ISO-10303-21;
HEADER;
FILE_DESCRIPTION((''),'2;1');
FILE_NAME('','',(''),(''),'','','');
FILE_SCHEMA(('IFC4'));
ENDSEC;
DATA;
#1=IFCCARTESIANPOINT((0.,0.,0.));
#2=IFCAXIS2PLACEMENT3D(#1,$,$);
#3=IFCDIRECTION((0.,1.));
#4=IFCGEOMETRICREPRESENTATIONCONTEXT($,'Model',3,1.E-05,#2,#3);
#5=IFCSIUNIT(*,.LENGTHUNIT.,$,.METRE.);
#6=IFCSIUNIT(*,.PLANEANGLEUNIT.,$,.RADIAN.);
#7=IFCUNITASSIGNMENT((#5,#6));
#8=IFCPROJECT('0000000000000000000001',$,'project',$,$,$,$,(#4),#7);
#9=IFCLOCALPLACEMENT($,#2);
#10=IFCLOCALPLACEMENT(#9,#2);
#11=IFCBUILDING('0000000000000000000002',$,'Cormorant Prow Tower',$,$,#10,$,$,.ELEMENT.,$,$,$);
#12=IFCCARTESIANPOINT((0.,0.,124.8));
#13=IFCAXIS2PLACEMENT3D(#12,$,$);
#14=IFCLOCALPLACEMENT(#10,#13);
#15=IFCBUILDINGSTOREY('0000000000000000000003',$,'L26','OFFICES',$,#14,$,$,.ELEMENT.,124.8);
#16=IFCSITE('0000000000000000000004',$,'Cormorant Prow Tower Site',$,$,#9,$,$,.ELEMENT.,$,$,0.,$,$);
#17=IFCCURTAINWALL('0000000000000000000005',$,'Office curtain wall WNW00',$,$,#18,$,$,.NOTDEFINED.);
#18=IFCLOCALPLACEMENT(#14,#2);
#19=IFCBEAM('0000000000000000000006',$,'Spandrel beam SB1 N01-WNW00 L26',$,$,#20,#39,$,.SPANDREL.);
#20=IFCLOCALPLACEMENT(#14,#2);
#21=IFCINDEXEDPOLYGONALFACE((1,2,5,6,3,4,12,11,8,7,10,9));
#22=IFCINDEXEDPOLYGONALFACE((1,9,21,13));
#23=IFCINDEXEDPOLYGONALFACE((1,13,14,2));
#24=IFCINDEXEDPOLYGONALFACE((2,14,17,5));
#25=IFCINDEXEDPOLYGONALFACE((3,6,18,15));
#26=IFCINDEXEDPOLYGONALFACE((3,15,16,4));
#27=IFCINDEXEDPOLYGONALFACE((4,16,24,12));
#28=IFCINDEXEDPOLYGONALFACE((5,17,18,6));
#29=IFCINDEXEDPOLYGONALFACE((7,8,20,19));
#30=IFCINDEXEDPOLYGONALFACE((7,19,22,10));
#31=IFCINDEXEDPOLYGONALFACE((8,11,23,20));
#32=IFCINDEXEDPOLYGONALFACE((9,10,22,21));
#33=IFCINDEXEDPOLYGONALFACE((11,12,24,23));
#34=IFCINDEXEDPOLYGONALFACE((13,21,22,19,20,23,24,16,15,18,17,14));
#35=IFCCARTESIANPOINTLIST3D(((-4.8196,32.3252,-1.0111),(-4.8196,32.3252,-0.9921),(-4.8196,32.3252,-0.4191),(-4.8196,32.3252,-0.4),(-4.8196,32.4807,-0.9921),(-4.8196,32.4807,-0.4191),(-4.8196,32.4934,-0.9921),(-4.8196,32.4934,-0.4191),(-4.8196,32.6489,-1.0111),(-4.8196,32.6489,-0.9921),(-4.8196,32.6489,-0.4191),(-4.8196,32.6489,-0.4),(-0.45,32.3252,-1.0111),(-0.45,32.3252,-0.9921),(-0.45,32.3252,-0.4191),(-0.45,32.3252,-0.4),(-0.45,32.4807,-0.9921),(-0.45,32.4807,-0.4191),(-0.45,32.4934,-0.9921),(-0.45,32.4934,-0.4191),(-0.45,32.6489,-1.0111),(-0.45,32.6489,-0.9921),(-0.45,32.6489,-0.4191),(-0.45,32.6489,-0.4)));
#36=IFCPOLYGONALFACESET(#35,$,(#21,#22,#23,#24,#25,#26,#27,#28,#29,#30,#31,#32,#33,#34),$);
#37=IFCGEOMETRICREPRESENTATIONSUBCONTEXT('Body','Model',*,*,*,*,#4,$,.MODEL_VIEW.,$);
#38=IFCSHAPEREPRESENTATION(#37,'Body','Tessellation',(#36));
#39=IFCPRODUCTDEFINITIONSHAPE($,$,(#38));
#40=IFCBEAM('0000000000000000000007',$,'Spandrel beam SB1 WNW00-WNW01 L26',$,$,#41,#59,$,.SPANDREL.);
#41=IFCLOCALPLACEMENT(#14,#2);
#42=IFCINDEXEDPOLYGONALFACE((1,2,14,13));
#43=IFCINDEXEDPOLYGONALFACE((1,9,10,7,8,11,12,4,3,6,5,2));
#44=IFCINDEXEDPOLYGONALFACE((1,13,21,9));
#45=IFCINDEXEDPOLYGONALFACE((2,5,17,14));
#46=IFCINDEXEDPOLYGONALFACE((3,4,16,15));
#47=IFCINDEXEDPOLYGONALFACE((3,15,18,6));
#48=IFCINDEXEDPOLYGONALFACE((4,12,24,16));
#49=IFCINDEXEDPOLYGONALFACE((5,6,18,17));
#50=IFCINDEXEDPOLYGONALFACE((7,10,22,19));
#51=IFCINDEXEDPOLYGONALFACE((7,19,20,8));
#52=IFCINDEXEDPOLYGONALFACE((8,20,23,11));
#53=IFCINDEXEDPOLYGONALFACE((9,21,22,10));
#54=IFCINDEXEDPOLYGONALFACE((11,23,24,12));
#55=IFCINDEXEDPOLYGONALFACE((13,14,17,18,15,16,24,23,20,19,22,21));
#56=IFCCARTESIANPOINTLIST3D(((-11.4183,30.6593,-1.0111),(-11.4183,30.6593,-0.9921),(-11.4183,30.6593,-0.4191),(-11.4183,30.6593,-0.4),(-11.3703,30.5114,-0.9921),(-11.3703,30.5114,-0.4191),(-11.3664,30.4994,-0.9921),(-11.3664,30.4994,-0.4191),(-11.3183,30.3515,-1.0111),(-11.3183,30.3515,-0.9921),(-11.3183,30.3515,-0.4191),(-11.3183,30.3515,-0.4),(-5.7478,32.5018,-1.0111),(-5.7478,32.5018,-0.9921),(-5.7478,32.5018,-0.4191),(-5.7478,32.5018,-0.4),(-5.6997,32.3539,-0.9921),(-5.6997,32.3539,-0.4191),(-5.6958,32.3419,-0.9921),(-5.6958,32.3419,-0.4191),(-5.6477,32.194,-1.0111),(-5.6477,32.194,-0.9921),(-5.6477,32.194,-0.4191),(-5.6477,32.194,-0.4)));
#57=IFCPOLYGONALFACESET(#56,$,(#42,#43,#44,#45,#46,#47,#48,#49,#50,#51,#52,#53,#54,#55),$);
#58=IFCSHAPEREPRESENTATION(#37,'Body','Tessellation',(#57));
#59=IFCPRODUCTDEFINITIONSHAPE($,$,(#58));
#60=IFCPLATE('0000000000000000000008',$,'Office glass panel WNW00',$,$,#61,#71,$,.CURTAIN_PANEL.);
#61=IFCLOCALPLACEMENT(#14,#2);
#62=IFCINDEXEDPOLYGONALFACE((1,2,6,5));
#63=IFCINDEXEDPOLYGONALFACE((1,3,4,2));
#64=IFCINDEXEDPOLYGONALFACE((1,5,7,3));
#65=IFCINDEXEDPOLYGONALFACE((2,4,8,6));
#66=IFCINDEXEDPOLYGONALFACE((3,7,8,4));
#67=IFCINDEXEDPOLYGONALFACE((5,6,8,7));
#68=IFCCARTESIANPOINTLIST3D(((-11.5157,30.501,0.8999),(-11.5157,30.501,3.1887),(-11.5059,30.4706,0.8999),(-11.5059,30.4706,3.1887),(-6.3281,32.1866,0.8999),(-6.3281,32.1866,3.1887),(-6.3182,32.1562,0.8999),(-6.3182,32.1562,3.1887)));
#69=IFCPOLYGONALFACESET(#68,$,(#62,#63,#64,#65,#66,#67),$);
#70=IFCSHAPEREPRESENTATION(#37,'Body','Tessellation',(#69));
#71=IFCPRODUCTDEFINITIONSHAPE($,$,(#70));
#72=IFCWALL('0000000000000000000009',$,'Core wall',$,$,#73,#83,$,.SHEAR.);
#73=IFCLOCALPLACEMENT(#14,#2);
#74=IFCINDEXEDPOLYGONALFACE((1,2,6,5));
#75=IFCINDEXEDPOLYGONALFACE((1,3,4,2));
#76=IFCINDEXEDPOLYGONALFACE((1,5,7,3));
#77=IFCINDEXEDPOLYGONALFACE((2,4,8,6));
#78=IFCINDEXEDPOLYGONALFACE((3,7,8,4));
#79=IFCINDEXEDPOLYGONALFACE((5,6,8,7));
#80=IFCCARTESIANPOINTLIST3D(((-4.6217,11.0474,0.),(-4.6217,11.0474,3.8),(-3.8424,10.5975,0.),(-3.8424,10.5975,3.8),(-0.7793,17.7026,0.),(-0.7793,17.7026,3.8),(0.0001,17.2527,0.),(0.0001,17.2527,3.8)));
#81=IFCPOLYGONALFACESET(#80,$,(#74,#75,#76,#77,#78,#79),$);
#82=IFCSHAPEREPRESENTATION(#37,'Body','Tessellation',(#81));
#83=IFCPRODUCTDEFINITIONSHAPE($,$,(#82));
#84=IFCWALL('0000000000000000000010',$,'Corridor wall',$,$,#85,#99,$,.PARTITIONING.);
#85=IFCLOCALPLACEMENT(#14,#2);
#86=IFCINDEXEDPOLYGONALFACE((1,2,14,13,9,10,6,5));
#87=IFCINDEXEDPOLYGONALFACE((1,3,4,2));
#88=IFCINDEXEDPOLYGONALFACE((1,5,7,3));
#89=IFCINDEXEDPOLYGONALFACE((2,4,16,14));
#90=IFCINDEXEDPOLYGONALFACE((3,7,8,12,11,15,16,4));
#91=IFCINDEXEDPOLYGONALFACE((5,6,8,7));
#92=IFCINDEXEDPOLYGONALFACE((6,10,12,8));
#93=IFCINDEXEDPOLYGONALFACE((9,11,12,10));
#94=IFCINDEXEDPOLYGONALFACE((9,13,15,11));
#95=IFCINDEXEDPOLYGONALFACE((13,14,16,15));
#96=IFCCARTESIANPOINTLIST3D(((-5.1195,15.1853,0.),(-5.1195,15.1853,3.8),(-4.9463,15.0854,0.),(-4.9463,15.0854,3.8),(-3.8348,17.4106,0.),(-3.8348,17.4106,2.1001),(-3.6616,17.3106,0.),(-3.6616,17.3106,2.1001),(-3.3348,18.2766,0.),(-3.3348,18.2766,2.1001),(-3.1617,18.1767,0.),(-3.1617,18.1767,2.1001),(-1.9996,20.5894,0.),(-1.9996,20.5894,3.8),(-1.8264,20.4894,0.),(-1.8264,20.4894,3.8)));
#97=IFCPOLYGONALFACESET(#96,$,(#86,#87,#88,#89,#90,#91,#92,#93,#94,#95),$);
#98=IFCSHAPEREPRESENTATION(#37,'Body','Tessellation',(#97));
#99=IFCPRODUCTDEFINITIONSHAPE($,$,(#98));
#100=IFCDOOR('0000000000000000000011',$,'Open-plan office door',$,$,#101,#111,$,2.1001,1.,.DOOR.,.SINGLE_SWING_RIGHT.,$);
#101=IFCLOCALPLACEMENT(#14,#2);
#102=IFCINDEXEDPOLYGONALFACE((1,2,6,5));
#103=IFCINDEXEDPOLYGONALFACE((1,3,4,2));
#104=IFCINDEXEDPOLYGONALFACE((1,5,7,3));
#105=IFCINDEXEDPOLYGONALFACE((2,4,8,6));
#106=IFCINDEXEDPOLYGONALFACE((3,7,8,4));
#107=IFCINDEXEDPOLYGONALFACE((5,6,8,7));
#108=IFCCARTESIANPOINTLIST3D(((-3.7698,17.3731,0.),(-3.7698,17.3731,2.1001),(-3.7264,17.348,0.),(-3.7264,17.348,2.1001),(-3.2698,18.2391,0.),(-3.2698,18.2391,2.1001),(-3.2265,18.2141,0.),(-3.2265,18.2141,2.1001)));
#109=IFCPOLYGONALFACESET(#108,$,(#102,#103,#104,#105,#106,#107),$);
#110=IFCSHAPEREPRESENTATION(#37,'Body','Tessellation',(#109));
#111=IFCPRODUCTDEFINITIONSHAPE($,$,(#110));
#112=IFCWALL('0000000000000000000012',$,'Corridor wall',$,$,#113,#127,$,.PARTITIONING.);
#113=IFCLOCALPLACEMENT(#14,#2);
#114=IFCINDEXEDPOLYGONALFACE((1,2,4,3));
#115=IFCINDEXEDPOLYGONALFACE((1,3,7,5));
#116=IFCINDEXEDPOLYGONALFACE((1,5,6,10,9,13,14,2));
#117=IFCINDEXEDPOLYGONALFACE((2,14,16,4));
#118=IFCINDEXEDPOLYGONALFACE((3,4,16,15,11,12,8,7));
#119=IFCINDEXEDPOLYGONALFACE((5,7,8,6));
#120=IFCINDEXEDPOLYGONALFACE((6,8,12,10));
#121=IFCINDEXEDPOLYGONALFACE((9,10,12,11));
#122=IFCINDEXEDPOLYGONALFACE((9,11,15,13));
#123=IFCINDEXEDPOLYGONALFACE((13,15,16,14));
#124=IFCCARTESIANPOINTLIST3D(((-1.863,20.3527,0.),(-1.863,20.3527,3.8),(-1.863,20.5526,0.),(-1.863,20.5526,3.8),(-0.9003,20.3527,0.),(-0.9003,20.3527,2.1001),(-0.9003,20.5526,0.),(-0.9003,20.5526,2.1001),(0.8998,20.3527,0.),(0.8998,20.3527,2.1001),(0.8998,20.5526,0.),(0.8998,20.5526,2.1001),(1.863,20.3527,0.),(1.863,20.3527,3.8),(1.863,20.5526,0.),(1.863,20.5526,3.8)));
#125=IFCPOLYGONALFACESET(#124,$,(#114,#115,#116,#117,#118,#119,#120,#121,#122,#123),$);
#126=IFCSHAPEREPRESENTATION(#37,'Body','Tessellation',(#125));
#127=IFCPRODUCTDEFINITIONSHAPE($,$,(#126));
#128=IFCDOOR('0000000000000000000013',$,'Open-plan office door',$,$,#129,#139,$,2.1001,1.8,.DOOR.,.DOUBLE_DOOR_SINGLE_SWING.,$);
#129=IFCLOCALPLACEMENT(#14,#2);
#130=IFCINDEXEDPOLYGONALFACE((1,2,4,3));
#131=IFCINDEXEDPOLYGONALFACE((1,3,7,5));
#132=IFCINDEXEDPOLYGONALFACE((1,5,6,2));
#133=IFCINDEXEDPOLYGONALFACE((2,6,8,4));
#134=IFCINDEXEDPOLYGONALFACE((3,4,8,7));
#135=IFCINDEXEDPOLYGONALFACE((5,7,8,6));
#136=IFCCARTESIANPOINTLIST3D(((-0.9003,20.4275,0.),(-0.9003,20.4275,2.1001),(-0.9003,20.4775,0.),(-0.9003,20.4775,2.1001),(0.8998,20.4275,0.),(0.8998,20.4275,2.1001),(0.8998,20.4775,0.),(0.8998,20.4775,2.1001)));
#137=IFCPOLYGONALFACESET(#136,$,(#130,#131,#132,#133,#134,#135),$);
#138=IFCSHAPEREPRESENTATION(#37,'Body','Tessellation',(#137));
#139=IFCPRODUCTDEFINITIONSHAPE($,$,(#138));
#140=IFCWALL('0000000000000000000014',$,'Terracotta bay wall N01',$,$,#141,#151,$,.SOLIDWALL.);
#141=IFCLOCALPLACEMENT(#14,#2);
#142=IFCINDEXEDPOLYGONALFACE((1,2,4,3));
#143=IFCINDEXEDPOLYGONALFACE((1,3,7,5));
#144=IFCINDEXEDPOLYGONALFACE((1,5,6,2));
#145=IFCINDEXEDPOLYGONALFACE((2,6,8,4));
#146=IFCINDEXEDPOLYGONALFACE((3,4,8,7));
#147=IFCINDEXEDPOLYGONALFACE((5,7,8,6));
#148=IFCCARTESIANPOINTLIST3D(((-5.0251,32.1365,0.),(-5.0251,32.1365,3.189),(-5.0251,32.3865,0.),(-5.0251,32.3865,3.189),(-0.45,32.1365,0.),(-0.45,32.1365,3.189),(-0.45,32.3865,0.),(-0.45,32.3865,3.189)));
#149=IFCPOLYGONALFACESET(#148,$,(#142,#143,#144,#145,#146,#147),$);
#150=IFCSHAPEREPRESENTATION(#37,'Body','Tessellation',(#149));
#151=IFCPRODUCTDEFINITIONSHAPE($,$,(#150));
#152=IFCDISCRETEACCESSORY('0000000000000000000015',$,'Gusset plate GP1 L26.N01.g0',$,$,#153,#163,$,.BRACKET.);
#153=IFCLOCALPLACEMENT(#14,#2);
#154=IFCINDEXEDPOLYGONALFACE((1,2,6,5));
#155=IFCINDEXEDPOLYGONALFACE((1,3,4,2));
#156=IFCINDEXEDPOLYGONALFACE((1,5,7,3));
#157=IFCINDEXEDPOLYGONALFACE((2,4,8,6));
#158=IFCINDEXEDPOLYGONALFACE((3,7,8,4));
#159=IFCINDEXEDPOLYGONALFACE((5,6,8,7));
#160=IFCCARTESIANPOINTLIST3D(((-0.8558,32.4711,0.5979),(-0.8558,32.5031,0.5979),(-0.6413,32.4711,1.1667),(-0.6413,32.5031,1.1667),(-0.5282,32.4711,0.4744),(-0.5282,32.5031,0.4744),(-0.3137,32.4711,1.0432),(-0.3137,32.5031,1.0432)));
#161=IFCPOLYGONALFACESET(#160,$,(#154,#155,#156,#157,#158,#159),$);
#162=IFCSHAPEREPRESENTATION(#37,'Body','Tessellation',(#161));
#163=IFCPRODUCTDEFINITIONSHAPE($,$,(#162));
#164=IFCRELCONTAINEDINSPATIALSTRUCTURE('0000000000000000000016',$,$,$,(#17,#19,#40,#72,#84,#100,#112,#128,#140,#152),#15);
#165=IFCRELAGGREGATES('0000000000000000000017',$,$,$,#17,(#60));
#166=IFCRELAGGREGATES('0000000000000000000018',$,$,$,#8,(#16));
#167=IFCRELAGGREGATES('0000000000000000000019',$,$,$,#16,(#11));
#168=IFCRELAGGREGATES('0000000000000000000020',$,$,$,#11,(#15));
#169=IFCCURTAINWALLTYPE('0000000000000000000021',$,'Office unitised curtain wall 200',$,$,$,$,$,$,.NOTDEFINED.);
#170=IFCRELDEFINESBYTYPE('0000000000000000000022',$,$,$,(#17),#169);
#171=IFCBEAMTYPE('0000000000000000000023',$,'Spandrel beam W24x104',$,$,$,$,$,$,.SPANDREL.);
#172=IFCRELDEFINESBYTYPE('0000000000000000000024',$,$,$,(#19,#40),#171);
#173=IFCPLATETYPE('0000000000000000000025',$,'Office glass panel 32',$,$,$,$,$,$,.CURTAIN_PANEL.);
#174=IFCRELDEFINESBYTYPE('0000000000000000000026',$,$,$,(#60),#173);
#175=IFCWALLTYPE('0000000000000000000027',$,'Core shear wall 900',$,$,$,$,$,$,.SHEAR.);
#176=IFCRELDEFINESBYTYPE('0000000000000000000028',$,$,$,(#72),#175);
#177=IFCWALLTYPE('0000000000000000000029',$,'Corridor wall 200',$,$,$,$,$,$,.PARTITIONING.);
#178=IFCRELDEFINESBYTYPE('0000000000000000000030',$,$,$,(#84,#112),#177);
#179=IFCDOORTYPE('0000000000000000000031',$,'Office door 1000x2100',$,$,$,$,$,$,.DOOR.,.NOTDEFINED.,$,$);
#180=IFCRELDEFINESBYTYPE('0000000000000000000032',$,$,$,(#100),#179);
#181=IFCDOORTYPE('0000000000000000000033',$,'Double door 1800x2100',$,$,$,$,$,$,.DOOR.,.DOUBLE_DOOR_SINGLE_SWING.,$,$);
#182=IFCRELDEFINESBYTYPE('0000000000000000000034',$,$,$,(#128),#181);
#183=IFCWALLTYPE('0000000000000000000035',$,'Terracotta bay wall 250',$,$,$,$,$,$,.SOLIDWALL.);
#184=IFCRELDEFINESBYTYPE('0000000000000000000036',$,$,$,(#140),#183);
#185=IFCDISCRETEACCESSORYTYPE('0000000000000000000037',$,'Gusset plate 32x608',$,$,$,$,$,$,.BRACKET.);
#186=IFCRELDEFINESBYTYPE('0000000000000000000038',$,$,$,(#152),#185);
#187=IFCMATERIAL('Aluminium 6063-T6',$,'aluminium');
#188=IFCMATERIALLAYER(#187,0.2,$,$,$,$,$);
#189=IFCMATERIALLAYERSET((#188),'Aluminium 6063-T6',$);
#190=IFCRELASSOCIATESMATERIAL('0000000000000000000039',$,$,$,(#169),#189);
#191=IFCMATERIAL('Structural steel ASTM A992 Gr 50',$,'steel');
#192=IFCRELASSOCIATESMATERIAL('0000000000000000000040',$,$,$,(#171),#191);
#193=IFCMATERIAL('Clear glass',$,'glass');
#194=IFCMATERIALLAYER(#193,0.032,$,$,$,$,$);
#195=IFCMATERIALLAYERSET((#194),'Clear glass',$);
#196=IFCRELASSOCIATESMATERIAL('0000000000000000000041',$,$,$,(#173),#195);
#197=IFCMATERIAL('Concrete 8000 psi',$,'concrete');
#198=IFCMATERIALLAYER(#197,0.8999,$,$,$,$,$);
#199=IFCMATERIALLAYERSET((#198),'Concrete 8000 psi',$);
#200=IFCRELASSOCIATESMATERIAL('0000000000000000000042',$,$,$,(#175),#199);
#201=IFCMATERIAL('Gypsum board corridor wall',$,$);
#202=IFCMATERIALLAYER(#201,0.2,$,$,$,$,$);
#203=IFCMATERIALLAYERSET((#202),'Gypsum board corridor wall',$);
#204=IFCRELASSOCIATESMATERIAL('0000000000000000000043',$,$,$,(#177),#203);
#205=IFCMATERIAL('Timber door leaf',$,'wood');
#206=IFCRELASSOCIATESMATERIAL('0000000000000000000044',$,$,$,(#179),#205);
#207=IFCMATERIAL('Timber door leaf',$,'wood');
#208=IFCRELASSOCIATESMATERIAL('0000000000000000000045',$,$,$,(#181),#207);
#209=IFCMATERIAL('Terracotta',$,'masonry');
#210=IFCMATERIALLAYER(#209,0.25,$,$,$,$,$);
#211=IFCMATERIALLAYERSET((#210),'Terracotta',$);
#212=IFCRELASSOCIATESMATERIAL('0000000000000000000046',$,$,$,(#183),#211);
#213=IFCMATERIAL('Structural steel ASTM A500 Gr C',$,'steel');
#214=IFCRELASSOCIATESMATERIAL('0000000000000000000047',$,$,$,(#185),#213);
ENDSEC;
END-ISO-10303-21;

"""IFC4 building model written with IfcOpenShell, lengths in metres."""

from ifc_helpers import new_model, si_unit, direction, frame, frame_2d, origin, origin_2d, place, context, subcontext, project, spatial, rectangle, i_section, extrude, material, layer, layer_set, material_profile, profile_set, type_object, element, fill, aggregate, save


model = new_model("IFC4")

# Units and contexts
model_context = context("Model", 3, precision=1e-05, world=origin(), true_north=direction((0.0, 1.0)))
body_context = subcontext(model_context, "Body", "Model", "MODEL_VIEW")
ifc_project = project(units=[si_unit("LENGTHUNIT", "METRE"), si_unit("PLANEANGLEUNIT", "RADIAN")], contexts=[model_context])

# Site, building, storey
site_placement = place(None, origin())
site = spatial("IfcSite", under=ifc_project, at=site_placement, Name="Cormorant Prow Tower Site", CompositionType="ELEMENT", RefElevation=0.0)
building_placement = place(site_placement, origin())
building = spatial("IfcBuilding", under=site, at=building_placement, Name="Cormorant Prow Tower", CompositionType="ELEMENT")
storey_placement = place(building_placement, frame((0.0, 0.0, 124.8)))
storey = spatial("IfcBuildingStorey", under=building, at=storey_placement, Name="L26", Description="OFFICES", CompositionType="ELEMENT", Elevation=124.8)

# Curtain wall
ifc_material_1 = material(Name="Aluminium 6063-T6", Category="aluminium")
ifc_layer_1 = layer(ifc_material_1, 0.2)
ifc_layer_set_1 = layer_set([ifc_layer_1], Name="Aluminium 6063-T6")
curtain_wall_type = type_object("IfcCurtainWallType", Name="Office unitised curtain wall 200", PredefinedType="NOTDEFINED", material=ifc_layer_set_1)
curtain_wall_placement = place(storey_placement, origin())
curtain_wall = element("IfcCurtainWall", 1, at=curtain_wall_placement, inside=storey, type_object=curtain_wall_type, Name="Office curtain wall WNW00", PredefinedType="NOTDEFINED")

# Beams
ifc_material_2 = material(Name="Structural steel ASTM A992 Gr 50", Category="steel")
ifc_material_profile_1 = material_profile(ifc_material_2, i_section(OverallWidth=0.3237, OverallDepth=0.6111, WebThickness=0.0127, FlangeThickness=0.019, at=origin_2d()), Name="W24x104")
ifc_profile_set_1 = profile_set([ifc_material_profile_1], Name="Structural steel ASTM A992 Gr 50")
beam_type_1 = type_object("IfcBeamType", Name="Spandrel beam W24x104", PredefinedType="SPANDREL", material=ifc_profile_set_1)
beam_1_placement = place(storey_placement, frame((-0.45, 32.4871, -0.7056), z_axis=(-1.0, 0.0, 0.0), x_axis=(0.0, -1.0, 0.0)))
element("IfcBeam", 2, at=beam_1_placement, inside=storey, type_object=beam_type_1, Name="Spandrel beam SB1 N01-WNW00 L26", PredefinedType="SPANDREL", context=body_context, shape_type="SweptSolid", body=[
    extrude(i_section(OverallWidth=0.3237, OverallDepth=0.6111, WebThickness=0.0127, FlangeThickness=0.019, at=origin_2d()), origin(), (0.0, 0.0, 1.0), 4.3696),
])
beam_2_placement = place(storey_placement, frame((-5.6978, 32.3479, -0.7056), z_axis=(-0.951055, -0.30902, 0.0), x_axis=(0.30902, -0.951055, 0.0)))
element("IfcBeam", 3, at=beam_2_placement, inside=storey, type_object=beam_type_1, Name="Spandrel beam SB1 WNW00-WNW01 L26", PredefinedType="SPANDREL", context=body_context, shape_type="SweptSolid", body=[
    extrude(i_section(OverallWidth=0.3237, OverallDepth=0.6111, WebThickness=0.0127, FlangeThickness=0.019, at=origin_2d()), origin(), (0.0, 0.0, 1.0), 5.9624),
])

# Plate
ifc_material_3 = material(Name="Clear glass", Category="glass")
ifc_layer_2 = layer(ifc_material_3, 0.032)
ifc_layer_set_2 = layer_set([ifc_layer_2], Name="Clear glass")
plate_type = type_object("IfcPlateType", Name="Office glass panel 32", PredefinedType="CURTAIN_PANEL", material=ifc_layer_set_2)
plate_placement = place(storey_placement, frame((-8.917, 31.3286, 0.8999), z_axis=(0.0, 0.0, 1.0), x_axis=(-0.951057, -0.309017, 0.0)))
plate = element("IfcPlate", 4, at=plate_placement, type_object=plate_type, Name="Office glass panel WNW00", PredefinedType="CURTAIN_PANEL", context=body_context, shape_type="SweptSolid", body=[
    extrude(rectangle(XDim=5.4546, YDim=0.032, at=origin_2d()), origin(), (0.0, 0.0, 1.0), 2.2888),
])
aggregate(curtain_wall, [plate])

# Wall
ifc_material_4 = material(Name="Concrete 8000 psi", Category="concrete")
ifc_layer_3 = layer(ifc_material_4, 0.8999)
ifc_layer_set_3 = layer_set([ifc_layer_3], Name="Concrete 8000 psi")
wall_type_1 = type_object("IfcWallType", Name="Core shear wall 900", PredefinedType="SHEAR", material=ifc_layer_set_3)
wall_1_placement = place(storey_placement, frame((-0.3896, 17.4775, 0.0), z_axis=(0.0, 0.0, 1.0), x_axis=(-0.50001, -0.866019, 0.0)))
element("IfcWall", 5, at=wall_1_placement, inside=storey, type_object=wall_type_1, Name="Core wall", PredefinedType="SHEAR", context=body_context, shape_type="SweptSolid", body=[
    extrude(rectangle(XDim=7.6848, YDim=0.8999, at=frame_2d((3.8423, 0.0))), origin(), (0.0, 0.0, 1.0), 3.8),
])

# Walls, openings, doors
ifc_material_5 = material(Name="Gypsum board corridor wall")
ifc_layer_4 = layer(ifc_material_5, 0.2)
ifc_layer_set_4 = layer_set([ifc_layer_4], Name="Gypsum board corridor wall")
wall_type_2 = type_object("IfcWallType", Name="Corridor wall 200", PredefinedType="PARTITIONING", material=ifc_layer_set_4)
wall_2_placement = place(storey_placement, frame((-5.033, 15.1353, 0.0), z_axis=(0.0, 0.0, 1.0), x_axis=(0.499981, 0.866036, 0.0)))
wall_2 = element("IfcWall", 6, at=wall_2_placement, inside=storey, type_object=wall_type_2, Name="Corridor wall", PredefinedType="PARTITIONING", context=body_context, shape_type="SweptSolid", body=[
    extrude(rectangle(XDim=6.24, YDim=0.2, at=frame_2d((3.1201, 0.0))), origin(), (0.0, 0.0, 1.0), 3.8),
])
opening_1_placement = place(wall_2_placement, frame((2.5696, 0.0, 0.0)))
opening_1 = element("IfcOpeningElement", 7, at=opening_1_placement, cuts=wall_2, PredefinedType="OPENING", context=body_context, shape_type="SweptSolid", body=[
    extrude(rectangle(XDim=1.0, YDim=2.1001, at=frame_2d((0.5, 1.05))), frame((0.0, 0.1099, 0.0), z_axis=(0.0, -1.0, 0.0), x_axis=(1.0, 0.0, 0.0)), (0.0, 0.0, 1.0), 0.22),
])
ifc_material_6 = material(Name="Timber door leaf", Category="wood")
door_type_1 = type_object("IfcDoorType", Name="Office door 1000x2100", OperationType="NOTDEFINED", PredefinedType="DOOR", material=ifc_material_6)
door_1_placement = place(opening_1_placement, origin())
door_1 = element("IfcDoor", 8, at=door_1_placement, inside=storey, type_object=door_type_1, Name="Open-plan office door", OperationType="SINGLE_SWING_RIGHT", OverallHeight=2.1001, OverallWidth=1.0, PredefinedType="DOOR", context=body_context, shape_type="SweptSolid", body=[
    extrude(rectangle(XDim=1.0, YDim=2.1001, at=frame_2d((0.5, 1.05))), frame((0.0, 0.0249, 0.0), z_axis=(0.0, -1.0, 0.0), x_axis=(1.0, 0.0, 0.0)), (0.0, 0.0, 1.0), 0.05),
])
fill(opening_1, door_1)
wall_3_placement = place(storey_placement, frame((-1.863, 20.4526, 0.0), z_axis=(0.0, 0.0, 1.0), x_axis=(1.0, 0.0, 0.0)))
wall_3 = element("IfcWall", 9, at=wall_3_placement, inside=storey, type_object=wall_type_2, Name="Corridor wall", PredefinedType="PARTITIONING", context=body_context, shape_type="SweptSolid", body=[
    extrude(rectangle(XDim=3.7261, YDim=0.2, at=frame_2d((1.863, 0.0))), origin(), (0.0, 0.0, 1.0), 3.8),
])
opening_2_placement = place(wall_3_placement, frame((0.9629, 0.0, 0.0)))
opening_2 = element("IfcOpeningElement", 10, at=opening_2_placement, cuts=wall_3, PredefinedType="OPENING", context=body_context, shape_type="SweptSolid", body=[
    extrude(rectangle(XDim=1.8, YDim=2.1001, at=frame_2d((0.8999, 1.05))), frame((0.0, 0.1099, 0.0), z_axis=(0.0, -1.0, 0.0), x_axis=(1.0, 0.0, 0.0)), (0.0, 0.0, 1.0), 0.22),
])
ifc_material_7 = material(Name="Timber door leaf", Category="wood")
door_type_2 = type_object("IfcDoorType", Name="Double door 1800x2100", OperationType="DOUBLE_DOOR_SINGLE_SWING", PredefinedType="DOOR", material=ifc_material_7)
door_2_placement = place(opening_2_placement, origin())
door_2 = element("IfcDoor", 11, at=door_2_placement, inside=storey, type_object=door_type_2, Name="Open-plan office door", OperationType="DOUBLE_DOOR_SINGLE_SWING", OverallHeight=2.1001, OverallWidth=1.8, PredefinedType="DOOR", context=body_context, shape_type="SweptSolid", body=[
    extrude(rectangle(XDim=1.8, YDim=2.1001, at=frame_2d((0.8999, 1.05))), frame((0.0, 0.0249, 0.0), z_axis=(0.0, -1.0, 0.0), x_axis=(1.0, 0.0, 0.0)), (0.0, 0.0, 1.0), 0.05),
])
fill(opening_2, door_2)

# Wall
ifc_material_8 = material(Name="Terracotta", Category="masonry")
ifc_layer_5 = layer(ifc_material_8, 0.25)
ifc_layer_set_5 = layer_set([ifc_layer_5], Name="Terracotta")
wall_type_3 = type_object("IfcWallType", Name="Terracotta bay wall 250", PredefinedType="SOLIDWALL", material=ifc_layer_set_5)
wall_4_placement = place(storey_placement, frame((-0.45, 32.2615, 0.0), z_axis=(0.0, 0.0, 1.0), x_axis=(-1.0, 0.0, 0.0)))
element("IfcWall", 12, at=wall_4_placement, inside=storey, type_object=wall_type_3, Name="Terracotta bay wall N01", PredefinedType="SOLIDWALL", context=body_context, shape_type="SweptSolid", body=[
    extrude(rectangle(XDim=4.5752, YDim=0.25, at=frame_2d((2.2876, 0.0))), origin(), (0.0, 0.0, 1.0), 3.189),
])

# Discrete accessory
ifc_material_9 = material(Name="Structural steel ASTM A500 Gr C", Category="steel")
ifc_material_profile_2 = material_profile(ifc_material_9, rectangle(XDim=0.032, YDim=0.6079, at=origin_2d()), Name="Gusset plate 32x608")
ifc_profile_set_2 = profile_set([ifc_material_profile_2], Name="Structural steel ASTM A500 Gr C")
discrete_accessory_type = type_object("IfcDiscreteAccessoryType", Name="Gusset plate 32x608", PredefinedType="BRACKET", material=ifc_profile_set_2)
discrete_accessory_1_placement = place(storey_placement, frame((-0.7485, 32.4871, 0.8823), z_axis=(0.935697, 0.0, -0.352804), x_axis=(0.0, 1.0, 0.0)))
element("IfcDiscreteAccessory", 13, at=discrete_accessory_1_placement, inside=storey, type_object=discrete_accessory_type, Name="Gusset plate GP1 L26.N01.g0", PredefinedType="BRACKET", context=body_context, shape_type="SweptSolid", body=[
    extrude(rectangle(XDim=0.032, YDim=0.6079, at=origin_2d()), origin(), (0.0, 0.0, 1.0), 0.3501),
])

save(model, "model.ifc")
